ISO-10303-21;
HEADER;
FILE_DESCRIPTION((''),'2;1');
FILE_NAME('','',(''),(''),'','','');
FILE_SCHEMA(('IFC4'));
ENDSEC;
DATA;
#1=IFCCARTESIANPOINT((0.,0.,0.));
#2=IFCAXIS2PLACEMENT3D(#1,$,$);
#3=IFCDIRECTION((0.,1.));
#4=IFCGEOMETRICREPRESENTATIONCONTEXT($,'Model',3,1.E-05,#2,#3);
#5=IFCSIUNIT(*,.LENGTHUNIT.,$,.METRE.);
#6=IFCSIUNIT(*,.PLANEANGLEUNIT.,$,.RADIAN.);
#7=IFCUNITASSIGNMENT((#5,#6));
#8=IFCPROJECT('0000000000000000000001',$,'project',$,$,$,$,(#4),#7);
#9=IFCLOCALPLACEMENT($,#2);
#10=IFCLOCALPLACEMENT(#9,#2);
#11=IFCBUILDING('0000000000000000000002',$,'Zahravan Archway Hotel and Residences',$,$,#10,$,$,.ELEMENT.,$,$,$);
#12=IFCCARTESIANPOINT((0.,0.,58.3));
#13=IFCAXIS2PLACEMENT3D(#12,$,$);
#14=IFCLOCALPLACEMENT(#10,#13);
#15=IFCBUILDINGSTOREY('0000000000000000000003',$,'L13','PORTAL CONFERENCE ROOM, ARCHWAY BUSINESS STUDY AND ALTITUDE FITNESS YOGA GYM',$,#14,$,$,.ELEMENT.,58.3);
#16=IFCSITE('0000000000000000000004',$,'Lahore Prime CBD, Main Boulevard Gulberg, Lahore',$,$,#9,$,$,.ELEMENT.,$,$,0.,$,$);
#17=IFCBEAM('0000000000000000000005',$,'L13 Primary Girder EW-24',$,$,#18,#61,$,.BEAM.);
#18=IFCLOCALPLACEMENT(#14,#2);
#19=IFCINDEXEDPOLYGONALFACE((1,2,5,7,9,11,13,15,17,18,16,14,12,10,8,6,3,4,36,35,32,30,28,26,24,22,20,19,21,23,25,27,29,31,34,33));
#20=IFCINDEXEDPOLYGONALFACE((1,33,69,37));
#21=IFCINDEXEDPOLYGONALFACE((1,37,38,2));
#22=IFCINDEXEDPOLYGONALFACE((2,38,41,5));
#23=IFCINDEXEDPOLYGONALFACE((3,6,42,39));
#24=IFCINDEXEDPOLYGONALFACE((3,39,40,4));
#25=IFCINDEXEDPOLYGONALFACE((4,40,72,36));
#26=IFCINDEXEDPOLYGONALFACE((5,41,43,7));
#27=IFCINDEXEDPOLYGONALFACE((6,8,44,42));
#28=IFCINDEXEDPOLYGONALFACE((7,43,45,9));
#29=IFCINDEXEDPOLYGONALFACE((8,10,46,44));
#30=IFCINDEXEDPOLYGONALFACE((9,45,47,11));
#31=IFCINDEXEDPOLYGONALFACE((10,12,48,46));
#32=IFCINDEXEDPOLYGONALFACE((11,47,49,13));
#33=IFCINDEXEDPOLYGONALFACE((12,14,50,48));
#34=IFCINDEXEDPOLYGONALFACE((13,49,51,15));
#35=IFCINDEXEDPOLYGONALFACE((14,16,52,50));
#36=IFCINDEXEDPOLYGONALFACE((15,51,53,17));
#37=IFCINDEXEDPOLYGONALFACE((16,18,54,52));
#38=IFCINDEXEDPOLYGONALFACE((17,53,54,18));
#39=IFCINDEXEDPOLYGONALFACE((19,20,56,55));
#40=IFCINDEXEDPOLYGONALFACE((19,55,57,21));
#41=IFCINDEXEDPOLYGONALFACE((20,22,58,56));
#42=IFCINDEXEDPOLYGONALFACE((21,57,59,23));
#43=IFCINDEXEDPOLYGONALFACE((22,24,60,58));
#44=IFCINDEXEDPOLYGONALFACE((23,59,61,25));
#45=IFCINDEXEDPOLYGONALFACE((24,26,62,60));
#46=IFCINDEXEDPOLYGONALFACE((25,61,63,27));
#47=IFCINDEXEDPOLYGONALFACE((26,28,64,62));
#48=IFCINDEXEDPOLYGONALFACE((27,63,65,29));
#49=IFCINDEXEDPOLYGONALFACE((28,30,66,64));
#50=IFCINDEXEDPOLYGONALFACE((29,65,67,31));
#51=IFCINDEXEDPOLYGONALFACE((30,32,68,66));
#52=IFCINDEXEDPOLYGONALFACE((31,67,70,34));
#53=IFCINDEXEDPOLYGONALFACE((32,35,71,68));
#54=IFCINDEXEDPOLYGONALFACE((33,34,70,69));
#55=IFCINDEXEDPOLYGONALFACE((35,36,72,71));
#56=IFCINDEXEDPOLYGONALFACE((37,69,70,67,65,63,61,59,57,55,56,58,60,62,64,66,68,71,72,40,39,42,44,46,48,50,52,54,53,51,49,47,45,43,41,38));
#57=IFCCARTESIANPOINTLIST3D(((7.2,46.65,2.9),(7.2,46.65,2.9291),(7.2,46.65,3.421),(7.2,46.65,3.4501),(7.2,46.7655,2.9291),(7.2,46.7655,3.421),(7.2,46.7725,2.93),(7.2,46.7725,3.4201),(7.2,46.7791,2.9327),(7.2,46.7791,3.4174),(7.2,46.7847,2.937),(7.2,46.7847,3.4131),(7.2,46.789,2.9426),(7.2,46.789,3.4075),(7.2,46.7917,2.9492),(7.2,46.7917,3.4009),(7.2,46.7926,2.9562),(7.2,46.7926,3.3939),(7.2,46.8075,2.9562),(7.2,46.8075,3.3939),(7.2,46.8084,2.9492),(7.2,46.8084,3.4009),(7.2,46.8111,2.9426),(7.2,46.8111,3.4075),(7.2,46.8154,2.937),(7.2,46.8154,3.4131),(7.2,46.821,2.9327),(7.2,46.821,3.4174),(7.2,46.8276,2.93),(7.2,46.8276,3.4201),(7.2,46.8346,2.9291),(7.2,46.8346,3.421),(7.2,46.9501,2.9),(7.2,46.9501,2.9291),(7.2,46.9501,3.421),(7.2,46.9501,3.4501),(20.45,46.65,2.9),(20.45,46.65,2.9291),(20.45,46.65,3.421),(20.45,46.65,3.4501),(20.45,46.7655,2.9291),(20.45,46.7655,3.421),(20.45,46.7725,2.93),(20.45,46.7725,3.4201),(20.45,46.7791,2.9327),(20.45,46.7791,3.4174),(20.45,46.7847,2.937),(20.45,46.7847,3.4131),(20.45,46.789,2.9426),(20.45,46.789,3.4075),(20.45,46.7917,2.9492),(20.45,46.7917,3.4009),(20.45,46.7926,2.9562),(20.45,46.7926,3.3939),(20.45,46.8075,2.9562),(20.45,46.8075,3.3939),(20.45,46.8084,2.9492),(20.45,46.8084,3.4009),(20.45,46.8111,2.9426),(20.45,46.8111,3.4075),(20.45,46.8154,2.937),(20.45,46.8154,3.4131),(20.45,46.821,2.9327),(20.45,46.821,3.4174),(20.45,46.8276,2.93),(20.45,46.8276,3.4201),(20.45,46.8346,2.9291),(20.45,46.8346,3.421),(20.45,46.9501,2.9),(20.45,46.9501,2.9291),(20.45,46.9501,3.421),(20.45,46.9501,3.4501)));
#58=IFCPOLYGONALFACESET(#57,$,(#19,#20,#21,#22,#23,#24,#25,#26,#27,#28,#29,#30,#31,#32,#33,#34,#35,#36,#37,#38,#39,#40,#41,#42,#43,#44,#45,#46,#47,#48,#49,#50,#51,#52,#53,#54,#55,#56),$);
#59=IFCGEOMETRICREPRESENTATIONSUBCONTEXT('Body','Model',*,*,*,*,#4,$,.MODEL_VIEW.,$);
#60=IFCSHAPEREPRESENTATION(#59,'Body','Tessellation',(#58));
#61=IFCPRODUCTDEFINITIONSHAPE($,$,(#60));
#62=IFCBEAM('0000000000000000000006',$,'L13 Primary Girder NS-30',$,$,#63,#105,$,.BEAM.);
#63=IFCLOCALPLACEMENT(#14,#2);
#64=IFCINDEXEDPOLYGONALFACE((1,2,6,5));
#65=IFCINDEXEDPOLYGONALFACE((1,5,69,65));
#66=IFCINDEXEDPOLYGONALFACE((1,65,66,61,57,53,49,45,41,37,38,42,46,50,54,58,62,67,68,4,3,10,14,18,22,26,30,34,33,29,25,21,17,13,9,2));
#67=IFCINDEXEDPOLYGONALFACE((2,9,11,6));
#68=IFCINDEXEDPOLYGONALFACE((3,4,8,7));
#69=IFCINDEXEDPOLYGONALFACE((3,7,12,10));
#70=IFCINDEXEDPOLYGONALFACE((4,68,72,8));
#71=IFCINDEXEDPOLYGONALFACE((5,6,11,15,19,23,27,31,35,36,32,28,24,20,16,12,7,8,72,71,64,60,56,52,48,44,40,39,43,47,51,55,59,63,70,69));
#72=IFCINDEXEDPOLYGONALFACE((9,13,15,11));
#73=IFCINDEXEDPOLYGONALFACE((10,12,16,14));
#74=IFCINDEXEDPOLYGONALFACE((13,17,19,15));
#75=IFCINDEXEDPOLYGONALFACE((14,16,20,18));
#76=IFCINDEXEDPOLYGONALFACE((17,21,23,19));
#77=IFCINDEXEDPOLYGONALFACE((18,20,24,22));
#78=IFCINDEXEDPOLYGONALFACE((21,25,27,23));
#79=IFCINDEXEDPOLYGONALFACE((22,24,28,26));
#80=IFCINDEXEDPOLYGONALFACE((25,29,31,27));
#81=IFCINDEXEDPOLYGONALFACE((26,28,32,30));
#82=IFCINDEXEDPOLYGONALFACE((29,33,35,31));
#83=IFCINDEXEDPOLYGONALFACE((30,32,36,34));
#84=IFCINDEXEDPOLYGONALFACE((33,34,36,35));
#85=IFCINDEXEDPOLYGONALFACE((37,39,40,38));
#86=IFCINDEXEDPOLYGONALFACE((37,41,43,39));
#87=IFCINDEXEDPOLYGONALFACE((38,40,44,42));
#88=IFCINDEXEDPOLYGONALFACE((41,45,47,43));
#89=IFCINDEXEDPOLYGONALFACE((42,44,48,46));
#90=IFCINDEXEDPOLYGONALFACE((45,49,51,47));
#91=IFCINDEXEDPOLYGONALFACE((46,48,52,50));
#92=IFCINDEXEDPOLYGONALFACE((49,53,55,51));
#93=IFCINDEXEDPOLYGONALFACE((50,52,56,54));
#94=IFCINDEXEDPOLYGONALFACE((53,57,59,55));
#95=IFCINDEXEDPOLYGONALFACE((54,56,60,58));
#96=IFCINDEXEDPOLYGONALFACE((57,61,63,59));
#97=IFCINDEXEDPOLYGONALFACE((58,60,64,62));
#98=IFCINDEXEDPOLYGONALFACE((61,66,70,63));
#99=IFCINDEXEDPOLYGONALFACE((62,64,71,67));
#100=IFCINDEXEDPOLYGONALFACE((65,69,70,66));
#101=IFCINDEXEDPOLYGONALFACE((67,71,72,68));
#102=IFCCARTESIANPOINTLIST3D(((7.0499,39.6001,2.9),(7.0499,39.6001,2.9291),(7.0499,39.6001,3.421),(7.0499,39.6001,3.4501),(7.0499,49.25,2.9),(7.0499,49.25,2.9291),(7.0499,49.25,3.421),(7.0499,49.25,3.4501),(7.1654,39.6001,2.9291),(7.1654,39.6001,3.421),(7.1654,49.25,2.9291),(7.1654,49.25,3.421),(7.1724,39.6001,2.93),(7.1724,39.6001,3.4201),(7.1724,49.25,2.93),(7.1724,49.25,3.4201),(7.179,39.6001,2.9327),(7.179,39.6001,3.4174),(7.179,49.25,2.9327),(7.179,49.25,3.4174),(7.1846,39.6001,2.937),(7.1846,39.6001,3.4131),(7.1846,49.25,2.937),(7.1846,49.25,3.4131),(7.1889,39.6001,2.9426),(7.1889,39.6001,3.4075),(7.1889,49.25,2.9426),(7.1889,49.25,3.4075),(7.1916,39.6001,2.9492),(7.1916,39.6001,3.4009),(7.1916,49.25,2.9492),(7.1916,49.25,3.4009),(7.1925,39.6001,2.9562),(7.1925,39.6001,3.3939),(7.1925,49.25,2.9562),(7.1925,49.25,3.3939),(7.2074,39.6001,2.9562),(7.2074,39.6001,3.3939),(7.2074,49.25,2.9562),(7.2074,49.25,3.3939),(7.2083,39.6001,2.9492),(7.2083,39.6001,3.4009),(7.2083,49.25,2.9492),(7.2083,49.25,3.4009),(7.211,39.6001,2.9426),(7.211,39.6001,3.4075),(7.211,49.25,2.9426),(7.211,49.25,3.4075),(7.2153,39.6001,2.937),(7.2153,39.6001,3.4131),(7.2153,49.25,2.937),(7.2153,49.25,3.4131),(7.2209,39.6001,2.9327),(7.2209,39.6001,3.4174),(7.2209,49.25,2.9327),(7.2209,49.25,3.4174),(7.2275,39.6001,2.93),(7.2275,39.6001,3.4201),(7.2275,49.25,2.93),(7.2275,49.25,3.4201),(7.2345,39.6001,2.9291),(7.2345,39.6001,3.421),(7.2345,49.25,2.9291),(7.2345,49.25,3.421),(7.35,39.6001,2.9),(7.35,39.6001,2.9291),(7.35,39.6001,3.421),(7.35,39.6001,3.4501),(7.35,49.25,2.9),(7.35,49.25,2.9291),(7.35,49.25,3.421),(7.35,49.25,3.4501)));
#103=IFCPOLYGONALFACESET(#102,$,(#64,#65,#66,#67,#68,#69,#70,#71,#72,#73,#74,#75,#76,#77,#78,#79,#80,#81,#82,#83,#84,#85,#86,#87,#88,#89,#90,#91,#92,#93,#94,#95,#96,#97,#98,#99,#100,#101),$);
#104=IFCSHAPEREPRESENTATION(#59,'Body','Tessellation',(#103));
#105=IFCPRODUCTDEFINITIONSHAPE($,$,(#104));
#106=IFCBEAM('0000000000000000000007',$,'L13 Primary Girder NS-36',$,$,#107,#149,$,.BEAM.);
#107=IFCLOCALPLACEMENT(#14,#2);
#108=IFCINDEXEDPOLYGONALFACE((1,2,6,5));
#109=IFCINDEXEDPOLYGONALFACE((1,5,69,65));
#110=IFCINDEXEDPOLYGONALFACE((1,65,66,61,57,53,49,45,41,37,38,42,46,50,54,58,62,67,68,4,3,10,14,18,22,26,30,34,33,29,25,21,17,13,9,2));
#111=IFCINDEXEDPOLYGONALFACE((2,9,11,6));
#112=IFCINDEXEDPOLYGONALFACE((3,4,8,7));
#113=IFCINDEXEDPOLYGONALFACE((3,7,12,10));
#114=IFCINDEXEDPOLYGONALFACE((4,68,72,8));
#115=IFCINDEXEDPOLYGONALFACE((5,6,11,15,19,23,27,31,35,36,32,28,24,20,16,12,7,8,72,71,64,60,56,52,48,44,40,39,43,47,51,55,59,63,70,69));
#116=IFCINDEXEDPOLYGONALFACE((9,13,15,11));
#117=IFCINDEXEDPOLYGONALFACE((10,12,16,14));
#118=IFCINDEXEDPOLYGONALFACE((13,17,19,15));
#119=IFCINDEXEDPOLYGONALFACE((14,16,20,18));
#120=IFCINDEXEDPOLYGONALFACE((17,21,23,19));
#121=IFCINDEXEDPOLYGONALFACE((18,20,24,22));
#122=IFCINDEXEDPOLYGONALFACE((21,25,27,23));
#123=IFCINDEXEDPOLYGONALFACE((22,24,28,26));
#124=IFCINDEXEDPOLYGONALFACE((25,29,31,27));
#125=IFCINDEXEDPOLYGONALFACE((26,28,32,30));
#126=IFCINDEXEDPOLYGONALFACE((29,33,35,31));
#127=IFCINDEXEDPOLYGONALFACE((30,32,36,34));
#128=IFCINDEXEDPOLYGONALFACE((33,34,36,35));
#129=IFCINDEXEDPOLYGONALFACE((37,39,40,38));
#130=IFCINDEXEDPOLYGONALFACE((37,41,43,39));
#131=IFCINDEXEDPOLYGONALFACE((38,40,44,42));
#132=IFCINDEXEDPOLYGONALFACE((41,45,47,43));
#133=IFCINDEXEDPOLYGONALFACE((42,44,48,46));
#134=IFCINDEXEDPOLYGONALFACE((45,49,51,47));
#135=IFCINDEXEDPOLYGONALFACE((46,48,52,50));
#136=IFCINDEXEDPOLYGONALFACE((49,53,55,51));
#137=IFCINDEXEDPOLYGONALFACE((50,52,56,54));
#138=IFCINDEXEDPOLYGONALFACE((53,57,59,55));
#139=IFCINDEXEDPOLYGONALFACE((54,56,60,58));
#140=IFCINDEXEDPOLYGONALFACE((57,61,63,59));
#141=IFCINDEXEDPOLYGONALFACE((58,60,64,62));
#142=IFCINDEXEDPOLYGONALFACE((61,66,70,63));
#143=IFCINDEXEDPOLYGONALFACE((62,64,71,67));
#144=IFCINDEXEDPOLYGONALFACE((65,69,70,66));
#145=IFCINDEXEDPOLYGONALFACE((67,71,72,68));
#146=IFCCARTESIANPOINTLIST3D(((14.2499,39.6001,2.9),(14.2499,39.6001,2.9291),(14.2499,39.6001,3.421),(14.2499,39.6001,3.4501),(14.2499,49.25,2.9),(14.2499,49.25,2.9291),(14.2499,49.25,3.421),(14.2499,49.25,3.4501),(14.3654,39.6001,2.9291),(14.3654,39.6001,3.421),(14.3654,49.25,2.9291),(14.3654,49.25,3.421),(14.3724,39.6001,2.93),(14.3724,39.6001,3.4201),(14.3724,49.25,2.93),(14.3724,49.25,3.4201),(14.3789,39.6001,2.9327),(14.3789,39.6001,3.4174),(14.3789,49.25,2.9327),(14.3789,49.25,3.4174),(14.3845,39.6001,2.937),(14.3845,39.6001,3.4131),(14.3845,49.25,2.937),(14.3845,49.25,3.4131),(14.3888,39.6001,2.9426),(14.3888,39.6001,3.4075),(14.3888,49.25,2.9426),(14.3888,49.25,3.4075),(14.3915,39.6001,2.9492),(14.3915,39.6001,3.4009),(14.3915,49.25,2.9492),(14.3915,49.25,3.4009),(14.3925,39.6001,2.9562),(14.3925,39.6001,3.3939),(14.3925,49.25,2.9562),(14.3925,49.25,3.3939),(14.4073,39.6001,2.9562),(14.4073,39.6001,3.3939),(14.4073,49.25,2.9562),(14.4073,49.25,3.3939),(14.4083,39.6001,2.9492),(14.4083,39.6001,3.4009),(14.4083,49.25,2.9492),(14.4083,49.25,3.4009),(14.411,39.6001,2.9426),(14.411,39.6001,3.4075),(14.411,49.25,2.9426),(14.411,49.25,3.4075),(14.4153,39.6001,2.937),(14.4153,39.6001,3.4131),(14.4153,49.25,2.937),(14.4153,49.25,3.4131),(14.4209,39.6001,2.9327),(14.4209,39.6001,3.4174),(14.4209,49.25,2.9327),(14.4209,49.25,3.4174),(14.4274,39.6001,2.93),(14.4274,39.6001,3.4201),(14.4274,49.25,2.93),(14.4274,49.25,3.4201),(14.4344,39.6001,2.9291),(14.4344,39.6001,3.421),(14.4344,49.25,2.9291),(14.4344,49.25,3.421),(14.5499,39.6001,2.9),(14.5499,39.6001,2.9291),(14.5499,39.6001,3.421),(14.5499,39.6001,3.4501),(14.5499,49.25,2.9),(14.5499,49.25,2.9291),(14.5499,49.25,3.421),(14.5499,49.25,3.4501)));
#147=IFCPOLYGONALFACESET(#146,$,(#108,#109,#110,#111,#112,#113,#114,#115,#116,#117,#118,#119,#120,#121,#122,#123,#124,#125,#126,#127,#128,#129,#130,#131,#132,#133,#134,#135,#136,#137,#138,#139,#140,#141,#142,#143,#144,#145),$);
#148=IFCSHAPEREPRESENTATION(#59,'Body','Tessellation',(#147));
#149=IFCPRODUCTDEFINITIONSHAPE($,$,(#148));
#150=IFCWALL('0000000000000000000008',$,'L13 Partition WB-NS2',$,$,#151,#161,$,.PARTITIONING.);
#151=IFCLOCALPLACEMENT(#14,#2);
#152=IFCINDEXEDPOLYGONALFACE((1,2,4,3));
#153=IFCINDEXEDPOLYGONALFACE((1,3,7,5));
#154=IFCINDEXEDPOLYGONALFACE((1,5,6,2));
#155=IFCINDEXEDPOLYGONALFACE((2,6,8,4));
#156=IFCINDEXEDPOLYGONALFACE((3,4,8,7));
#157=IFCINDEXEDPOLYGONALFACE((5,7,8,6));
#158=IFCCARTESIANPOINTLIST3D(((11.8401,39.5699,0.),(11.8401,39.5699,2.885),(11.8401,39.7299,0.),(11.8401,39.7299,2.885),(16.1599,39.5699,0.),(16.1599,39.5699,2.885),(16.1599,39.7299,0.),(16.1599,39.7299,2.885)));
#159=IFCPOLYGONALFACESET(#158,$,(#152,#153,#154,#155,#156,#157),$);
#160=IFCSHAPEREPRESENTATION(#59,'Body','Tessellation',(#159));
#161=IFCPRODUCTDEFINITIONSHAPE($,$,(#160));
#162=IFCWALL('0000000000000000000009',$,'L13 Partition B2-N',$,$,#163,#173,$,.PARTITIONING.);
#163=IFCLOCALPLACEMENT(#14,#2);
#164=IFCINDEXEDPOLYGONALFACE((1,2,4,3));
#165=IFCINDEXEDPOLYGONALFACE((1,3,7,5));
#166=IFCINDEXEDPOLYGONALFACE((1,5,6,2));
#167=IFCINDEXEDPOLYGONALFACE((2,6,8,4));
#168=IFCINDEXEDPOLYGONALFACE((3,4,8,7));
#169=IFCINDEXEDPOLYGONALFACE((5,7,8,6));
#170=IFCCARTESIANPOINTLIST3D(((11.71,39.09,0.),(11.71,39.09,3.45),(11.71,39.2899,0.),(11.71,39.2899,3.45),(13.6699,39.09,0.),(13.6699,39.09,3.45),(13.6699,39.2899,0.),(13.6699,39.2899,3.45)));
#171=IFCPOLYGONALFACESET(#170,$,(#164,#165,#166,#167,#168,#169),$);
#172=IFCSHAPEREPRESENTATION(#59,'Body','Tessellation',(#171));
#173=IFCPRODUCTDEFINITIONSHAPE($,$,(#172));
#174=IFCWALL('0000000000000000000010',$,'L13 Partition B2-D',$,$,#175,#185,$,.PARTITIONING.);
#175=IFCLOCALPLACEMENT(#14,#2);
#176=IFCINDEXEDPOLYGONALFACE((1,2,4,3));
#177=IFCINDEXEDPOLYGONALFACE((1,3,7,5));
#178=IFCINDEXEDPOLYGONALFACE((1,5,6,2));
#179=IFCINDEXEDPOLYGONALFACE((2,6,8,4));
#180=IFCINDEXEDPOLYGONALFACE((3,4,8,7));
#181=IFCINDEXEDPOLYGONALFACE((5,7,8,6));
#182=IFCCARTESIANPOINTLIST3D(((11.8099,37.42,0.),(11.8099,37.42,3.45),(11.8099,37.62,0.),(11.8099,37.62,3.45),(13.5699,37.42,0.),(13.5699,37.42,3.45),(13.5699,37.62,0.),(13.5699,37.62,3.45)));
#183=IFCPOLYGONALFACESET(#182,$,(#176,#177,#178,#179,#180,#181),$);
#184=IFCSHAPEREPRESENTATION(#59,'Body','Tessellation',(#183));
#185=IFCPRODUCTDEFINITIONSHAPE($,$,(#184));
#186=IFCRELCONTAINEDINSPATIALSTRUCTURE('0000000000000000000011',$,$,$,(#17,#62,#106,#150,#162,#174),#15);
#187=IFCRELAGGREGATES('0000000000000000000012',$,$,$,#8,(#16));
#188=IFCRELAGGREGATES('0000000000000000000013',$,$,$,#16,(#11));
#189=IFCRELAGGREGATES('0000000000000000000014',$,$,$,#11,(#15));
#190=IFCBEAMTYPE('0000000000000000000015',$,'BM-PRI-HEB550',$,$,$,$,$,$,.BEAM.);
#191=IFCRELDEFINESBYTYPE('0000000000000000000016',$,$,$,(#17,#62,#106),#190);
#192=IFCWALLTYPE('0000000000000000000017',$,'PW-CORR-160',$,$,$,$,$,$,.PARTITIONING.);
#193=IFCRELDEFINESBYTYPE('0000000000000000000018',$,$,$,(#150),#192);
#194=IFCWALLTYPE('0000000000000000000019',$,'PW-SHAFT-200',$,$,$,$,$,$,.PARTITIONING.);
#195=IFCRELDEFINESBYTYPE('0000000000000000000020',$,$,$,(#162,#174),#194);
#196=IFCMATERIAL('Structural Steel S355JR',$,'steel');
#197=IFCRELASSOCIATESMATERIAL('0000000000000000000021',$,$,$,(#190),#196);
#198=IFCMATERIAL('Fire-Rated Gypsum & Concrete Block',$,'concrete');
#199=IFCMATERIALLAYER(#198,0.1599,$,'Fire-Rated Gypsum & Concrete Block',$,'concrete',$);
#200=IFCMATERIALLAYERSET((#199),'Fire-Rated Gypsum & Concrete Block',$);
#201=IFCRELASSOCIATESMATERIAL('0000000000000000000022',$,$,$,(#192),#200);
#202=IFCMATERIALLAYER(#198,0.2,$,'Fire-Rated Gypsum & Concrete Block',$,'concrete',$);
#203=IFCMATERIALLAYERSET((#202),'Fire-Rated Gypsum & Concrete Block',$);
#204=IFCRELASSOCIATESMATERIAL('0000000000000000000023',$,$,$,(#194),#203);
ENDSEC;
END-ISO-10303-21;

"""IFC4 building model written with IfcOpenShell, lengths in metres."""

from ifc_helpers import new_model, si_unit, direction, frame, frame_2d, origin, origin_2d, place, context, subcontext, project, spatial, rectangle, i_section, extrude, source, transform, mapped, material, layer, layer_set, material_profile, profile_set, type_object, element, save


model = new_model("IFC4")

# Units and contexts
model_context = context("Model", 3, precision=1e-05, world=origin(), true_north=direction((0.0, 1.0)))
body_context = subcontext(model_context, "Body", "Model", "MODEL_VIEW")
ifc_project = project(units=[si_unit("LENGTHUNIT", "METRE"), si_unit("PLANEANGLEUNIT", "RADIAN")], contexts=[model_context])

# Site, building, storey
site_placement = place(None, origin())
site = spatial("IfcSite", under=ifc_project, at=site_placement, Name="Lahore Prime CBD, Main Boulevard Gulberg, Lahore", CompositionType="ELEMENT", RefElevation=0.0)
building_placement = place(site_placement, origin())
building = spatial("IfcBuilding", under=site, at=building_placement, Name="Zahravan Archway Hotel and Residences", CompositionType="ELEMENT")
storey_placement = place(building_placement, frame((0.0, 0.0, 58.3)))
storey = spatial("IfcBuildingStorey", under=building, at=storey_placement, Name="L13", Description="PORTAL CONFERENCE ROOM, ARCHWAY BUSINESS STUDY AND ALTITUDE FITNESS YOGA GYM", CompositionType="ELEMENT", Elevation=58.3)

# Beams
ifc_material_1 = material(Name="Structural Steel S355JR", Category="steel")
ifc_material_profile_1 = material_profile(ifc_material_1, i_section(OverallWidth=0.3, OverallDepth=0.55, WebThickness=0.0149, FlangeThickness=0.0291, FilletRadius=0.0271, at=origin_2d()), Name="HEB 550", Category="steel")
ifc_profile_set_1 = profile_set([ifc_material_profile_1], Name="Structural Steel S355JR")
beam_type_1 = type_object("IfcBeamType", Name="BM-PRI-HEB550", PredefinedType="BEAM", material=ifc_profile_set_1)
shared_shape_1 = source(origin(), body_context, "Body", "SweptSolid", [
    extrude(i_section(OverallWidth=0.3, OverallDepth=0.55, WebThickness=0.0149, FlangeThickness=0.0291, FilletRadius=0.0271, at=origin_2d()), origin(), (0.0, 0.0, 1.0), 13.25),
])
beam_1_placement = place(storey_placement, frame((7.2, 46.8, 3.175), z_axis=(1.0, 0.0, 0.0), x_axis=(0.0, 1.0, 0.0)))
element("IfcBeam", 1, at=beam_1_placement, inside=storey, type_object=beam_type_1, Name="L13 Primary Girder EW-24", PredefinedType="BEAM", context=body_context, shape_type="MappedRepresentation", body=[
    mapped(shared_shape_1, transform((0.0, 0.0, 0.0), scale=1.0)),
])
shared_shape_2 = source(origin(), body_context, "Body", "SweptSolid", [
    extrude(i_section(OverallWidth=0.3, OverallDepth=0.55, WebThickness=0.0149, FlangeThickness=0.0291, FilletRadius=0.0271, at=origin_2d()), origin(), (0.0, 0.0, 1.0), 9.6499),
])
for number, where, z_axis, x_axis, name in (
    (2, (7.2, 39.6001, 3.175), (0.0, 1.0, 0.0), (-1.0, 0.0, 0.0), "L13 Primary Girder NS-30"),
    (3, (14.3999, 39.6001, 3.175), (0.0, 1.0, 0.0), (-1.0, 0.0, 0.0), "L13 Primary Girder NS-36"),
):
    element("IfcBeam", number, at=place(storey_placement, frame(where, z_axis=z_axis, x_axis=x_axis)), inside=storey, type_object=beam_type_1, Name=name, PredefinedType="BEAM", context=body_context, shape_type="MappedRepresentation", body=[
        mapped(shared_shape_2, transform((0.0, 0.0, 0.0), scale=1.0)),
    ])

# Shared definitions
ifc_material_2 = material(Name="Fire-Rated Gypsum & Concrete Block", Category="concrete")
ifc_layer_1 = layer(ifc_material_2, 0.1599, Name="Fire-Rated Gypsum & Concrete Block", Category="concrete")
ifc_layer_set_1 = layer_set([ifc_layer_1], Name="Fire-Rated Gypsum & Concrete Block")
wall_type_1 = type_object("IfcWallType", Name="PW-CORR-160", PredefinedType="PARTITIONING", material=ifc_layer_set_1)

# Walls
wall_1_placement = place(storey_placement, frame((11.8401, 39.6499, 0.0), z_axis=(0.0, 0.0, 1.0), x_axis=(1.0, 0.0, 0.0)))
element("IfcWall", 4, at=wall_1_placement, inside=storey, type_object=wall_type_1, Name="L13 Partition WB-NS2", PredefinedType="PARTITIONING", context=body_context, shape_type="SweptSolid", body=[
    extrude(rectangle(XDim=4.3198, YDim=0.1599, at=frame_2d((2.1599, 0.0))), origin(), (0.0, 0.0, 1.0), 2.885),
])
ifc_layer_2 = layer(ifc_material_2, 0.2, Name="Fire-Rated Gypsum & Concrete Block", Category="concrete")
ifc_layer_set_2 = layer_set([ifc_layer_2], Name="Fire-Rated Gypsum & Concrete Block")
wall_type_2 = type_object("IfcWallType", Name="PW-SHAFT-200", PredefinedType="PARTITIONING", material=ifc_layer_set_2)
wall_2_placement = place(storey_placement, frame((11.71, 39.1899, 0.0), z_axis=(0.0, 0.0, 1.0), x_axis=(1.0, 0.0, 0.0)))
element("IfcWall", 5, at=wall_2_placement, inside=storey, type_object=wall_type_2, Name="L13 Partition B2-N", PredefinedType="PARTITIONING", context=body_context, shape_type="SweptSolid", body=[
    extrude(rectangle(XDim=1.96, YDim=0.2, at=frame_2d((0.98, 0.0))), origin(), (0.0, 0.0, 1.0), 3.45),
])
wall_3_placement = place(storey_placement, frame((11.8101, 37.52, 0.0), z_axis=(0.0, 0.0, 1.0), x_axis=(1.0, 0.0, 0.0)))
element("IfcWall", 6, at=wall_3_placement, inside=storey, type_object=wall_type_2, Name="L13 Partition B2-D", PredefinedType="PARTITIONING", context=body_context, shape_type="SweptSolid", body=[
    extrude(rectangle(XDim=1.76, YDim=0.2, at=frame_2d((0.8799, 0.0))), origin(), (0.0, 0.0, 1.0), 3.45),
])

save(model, "model.ifc")
